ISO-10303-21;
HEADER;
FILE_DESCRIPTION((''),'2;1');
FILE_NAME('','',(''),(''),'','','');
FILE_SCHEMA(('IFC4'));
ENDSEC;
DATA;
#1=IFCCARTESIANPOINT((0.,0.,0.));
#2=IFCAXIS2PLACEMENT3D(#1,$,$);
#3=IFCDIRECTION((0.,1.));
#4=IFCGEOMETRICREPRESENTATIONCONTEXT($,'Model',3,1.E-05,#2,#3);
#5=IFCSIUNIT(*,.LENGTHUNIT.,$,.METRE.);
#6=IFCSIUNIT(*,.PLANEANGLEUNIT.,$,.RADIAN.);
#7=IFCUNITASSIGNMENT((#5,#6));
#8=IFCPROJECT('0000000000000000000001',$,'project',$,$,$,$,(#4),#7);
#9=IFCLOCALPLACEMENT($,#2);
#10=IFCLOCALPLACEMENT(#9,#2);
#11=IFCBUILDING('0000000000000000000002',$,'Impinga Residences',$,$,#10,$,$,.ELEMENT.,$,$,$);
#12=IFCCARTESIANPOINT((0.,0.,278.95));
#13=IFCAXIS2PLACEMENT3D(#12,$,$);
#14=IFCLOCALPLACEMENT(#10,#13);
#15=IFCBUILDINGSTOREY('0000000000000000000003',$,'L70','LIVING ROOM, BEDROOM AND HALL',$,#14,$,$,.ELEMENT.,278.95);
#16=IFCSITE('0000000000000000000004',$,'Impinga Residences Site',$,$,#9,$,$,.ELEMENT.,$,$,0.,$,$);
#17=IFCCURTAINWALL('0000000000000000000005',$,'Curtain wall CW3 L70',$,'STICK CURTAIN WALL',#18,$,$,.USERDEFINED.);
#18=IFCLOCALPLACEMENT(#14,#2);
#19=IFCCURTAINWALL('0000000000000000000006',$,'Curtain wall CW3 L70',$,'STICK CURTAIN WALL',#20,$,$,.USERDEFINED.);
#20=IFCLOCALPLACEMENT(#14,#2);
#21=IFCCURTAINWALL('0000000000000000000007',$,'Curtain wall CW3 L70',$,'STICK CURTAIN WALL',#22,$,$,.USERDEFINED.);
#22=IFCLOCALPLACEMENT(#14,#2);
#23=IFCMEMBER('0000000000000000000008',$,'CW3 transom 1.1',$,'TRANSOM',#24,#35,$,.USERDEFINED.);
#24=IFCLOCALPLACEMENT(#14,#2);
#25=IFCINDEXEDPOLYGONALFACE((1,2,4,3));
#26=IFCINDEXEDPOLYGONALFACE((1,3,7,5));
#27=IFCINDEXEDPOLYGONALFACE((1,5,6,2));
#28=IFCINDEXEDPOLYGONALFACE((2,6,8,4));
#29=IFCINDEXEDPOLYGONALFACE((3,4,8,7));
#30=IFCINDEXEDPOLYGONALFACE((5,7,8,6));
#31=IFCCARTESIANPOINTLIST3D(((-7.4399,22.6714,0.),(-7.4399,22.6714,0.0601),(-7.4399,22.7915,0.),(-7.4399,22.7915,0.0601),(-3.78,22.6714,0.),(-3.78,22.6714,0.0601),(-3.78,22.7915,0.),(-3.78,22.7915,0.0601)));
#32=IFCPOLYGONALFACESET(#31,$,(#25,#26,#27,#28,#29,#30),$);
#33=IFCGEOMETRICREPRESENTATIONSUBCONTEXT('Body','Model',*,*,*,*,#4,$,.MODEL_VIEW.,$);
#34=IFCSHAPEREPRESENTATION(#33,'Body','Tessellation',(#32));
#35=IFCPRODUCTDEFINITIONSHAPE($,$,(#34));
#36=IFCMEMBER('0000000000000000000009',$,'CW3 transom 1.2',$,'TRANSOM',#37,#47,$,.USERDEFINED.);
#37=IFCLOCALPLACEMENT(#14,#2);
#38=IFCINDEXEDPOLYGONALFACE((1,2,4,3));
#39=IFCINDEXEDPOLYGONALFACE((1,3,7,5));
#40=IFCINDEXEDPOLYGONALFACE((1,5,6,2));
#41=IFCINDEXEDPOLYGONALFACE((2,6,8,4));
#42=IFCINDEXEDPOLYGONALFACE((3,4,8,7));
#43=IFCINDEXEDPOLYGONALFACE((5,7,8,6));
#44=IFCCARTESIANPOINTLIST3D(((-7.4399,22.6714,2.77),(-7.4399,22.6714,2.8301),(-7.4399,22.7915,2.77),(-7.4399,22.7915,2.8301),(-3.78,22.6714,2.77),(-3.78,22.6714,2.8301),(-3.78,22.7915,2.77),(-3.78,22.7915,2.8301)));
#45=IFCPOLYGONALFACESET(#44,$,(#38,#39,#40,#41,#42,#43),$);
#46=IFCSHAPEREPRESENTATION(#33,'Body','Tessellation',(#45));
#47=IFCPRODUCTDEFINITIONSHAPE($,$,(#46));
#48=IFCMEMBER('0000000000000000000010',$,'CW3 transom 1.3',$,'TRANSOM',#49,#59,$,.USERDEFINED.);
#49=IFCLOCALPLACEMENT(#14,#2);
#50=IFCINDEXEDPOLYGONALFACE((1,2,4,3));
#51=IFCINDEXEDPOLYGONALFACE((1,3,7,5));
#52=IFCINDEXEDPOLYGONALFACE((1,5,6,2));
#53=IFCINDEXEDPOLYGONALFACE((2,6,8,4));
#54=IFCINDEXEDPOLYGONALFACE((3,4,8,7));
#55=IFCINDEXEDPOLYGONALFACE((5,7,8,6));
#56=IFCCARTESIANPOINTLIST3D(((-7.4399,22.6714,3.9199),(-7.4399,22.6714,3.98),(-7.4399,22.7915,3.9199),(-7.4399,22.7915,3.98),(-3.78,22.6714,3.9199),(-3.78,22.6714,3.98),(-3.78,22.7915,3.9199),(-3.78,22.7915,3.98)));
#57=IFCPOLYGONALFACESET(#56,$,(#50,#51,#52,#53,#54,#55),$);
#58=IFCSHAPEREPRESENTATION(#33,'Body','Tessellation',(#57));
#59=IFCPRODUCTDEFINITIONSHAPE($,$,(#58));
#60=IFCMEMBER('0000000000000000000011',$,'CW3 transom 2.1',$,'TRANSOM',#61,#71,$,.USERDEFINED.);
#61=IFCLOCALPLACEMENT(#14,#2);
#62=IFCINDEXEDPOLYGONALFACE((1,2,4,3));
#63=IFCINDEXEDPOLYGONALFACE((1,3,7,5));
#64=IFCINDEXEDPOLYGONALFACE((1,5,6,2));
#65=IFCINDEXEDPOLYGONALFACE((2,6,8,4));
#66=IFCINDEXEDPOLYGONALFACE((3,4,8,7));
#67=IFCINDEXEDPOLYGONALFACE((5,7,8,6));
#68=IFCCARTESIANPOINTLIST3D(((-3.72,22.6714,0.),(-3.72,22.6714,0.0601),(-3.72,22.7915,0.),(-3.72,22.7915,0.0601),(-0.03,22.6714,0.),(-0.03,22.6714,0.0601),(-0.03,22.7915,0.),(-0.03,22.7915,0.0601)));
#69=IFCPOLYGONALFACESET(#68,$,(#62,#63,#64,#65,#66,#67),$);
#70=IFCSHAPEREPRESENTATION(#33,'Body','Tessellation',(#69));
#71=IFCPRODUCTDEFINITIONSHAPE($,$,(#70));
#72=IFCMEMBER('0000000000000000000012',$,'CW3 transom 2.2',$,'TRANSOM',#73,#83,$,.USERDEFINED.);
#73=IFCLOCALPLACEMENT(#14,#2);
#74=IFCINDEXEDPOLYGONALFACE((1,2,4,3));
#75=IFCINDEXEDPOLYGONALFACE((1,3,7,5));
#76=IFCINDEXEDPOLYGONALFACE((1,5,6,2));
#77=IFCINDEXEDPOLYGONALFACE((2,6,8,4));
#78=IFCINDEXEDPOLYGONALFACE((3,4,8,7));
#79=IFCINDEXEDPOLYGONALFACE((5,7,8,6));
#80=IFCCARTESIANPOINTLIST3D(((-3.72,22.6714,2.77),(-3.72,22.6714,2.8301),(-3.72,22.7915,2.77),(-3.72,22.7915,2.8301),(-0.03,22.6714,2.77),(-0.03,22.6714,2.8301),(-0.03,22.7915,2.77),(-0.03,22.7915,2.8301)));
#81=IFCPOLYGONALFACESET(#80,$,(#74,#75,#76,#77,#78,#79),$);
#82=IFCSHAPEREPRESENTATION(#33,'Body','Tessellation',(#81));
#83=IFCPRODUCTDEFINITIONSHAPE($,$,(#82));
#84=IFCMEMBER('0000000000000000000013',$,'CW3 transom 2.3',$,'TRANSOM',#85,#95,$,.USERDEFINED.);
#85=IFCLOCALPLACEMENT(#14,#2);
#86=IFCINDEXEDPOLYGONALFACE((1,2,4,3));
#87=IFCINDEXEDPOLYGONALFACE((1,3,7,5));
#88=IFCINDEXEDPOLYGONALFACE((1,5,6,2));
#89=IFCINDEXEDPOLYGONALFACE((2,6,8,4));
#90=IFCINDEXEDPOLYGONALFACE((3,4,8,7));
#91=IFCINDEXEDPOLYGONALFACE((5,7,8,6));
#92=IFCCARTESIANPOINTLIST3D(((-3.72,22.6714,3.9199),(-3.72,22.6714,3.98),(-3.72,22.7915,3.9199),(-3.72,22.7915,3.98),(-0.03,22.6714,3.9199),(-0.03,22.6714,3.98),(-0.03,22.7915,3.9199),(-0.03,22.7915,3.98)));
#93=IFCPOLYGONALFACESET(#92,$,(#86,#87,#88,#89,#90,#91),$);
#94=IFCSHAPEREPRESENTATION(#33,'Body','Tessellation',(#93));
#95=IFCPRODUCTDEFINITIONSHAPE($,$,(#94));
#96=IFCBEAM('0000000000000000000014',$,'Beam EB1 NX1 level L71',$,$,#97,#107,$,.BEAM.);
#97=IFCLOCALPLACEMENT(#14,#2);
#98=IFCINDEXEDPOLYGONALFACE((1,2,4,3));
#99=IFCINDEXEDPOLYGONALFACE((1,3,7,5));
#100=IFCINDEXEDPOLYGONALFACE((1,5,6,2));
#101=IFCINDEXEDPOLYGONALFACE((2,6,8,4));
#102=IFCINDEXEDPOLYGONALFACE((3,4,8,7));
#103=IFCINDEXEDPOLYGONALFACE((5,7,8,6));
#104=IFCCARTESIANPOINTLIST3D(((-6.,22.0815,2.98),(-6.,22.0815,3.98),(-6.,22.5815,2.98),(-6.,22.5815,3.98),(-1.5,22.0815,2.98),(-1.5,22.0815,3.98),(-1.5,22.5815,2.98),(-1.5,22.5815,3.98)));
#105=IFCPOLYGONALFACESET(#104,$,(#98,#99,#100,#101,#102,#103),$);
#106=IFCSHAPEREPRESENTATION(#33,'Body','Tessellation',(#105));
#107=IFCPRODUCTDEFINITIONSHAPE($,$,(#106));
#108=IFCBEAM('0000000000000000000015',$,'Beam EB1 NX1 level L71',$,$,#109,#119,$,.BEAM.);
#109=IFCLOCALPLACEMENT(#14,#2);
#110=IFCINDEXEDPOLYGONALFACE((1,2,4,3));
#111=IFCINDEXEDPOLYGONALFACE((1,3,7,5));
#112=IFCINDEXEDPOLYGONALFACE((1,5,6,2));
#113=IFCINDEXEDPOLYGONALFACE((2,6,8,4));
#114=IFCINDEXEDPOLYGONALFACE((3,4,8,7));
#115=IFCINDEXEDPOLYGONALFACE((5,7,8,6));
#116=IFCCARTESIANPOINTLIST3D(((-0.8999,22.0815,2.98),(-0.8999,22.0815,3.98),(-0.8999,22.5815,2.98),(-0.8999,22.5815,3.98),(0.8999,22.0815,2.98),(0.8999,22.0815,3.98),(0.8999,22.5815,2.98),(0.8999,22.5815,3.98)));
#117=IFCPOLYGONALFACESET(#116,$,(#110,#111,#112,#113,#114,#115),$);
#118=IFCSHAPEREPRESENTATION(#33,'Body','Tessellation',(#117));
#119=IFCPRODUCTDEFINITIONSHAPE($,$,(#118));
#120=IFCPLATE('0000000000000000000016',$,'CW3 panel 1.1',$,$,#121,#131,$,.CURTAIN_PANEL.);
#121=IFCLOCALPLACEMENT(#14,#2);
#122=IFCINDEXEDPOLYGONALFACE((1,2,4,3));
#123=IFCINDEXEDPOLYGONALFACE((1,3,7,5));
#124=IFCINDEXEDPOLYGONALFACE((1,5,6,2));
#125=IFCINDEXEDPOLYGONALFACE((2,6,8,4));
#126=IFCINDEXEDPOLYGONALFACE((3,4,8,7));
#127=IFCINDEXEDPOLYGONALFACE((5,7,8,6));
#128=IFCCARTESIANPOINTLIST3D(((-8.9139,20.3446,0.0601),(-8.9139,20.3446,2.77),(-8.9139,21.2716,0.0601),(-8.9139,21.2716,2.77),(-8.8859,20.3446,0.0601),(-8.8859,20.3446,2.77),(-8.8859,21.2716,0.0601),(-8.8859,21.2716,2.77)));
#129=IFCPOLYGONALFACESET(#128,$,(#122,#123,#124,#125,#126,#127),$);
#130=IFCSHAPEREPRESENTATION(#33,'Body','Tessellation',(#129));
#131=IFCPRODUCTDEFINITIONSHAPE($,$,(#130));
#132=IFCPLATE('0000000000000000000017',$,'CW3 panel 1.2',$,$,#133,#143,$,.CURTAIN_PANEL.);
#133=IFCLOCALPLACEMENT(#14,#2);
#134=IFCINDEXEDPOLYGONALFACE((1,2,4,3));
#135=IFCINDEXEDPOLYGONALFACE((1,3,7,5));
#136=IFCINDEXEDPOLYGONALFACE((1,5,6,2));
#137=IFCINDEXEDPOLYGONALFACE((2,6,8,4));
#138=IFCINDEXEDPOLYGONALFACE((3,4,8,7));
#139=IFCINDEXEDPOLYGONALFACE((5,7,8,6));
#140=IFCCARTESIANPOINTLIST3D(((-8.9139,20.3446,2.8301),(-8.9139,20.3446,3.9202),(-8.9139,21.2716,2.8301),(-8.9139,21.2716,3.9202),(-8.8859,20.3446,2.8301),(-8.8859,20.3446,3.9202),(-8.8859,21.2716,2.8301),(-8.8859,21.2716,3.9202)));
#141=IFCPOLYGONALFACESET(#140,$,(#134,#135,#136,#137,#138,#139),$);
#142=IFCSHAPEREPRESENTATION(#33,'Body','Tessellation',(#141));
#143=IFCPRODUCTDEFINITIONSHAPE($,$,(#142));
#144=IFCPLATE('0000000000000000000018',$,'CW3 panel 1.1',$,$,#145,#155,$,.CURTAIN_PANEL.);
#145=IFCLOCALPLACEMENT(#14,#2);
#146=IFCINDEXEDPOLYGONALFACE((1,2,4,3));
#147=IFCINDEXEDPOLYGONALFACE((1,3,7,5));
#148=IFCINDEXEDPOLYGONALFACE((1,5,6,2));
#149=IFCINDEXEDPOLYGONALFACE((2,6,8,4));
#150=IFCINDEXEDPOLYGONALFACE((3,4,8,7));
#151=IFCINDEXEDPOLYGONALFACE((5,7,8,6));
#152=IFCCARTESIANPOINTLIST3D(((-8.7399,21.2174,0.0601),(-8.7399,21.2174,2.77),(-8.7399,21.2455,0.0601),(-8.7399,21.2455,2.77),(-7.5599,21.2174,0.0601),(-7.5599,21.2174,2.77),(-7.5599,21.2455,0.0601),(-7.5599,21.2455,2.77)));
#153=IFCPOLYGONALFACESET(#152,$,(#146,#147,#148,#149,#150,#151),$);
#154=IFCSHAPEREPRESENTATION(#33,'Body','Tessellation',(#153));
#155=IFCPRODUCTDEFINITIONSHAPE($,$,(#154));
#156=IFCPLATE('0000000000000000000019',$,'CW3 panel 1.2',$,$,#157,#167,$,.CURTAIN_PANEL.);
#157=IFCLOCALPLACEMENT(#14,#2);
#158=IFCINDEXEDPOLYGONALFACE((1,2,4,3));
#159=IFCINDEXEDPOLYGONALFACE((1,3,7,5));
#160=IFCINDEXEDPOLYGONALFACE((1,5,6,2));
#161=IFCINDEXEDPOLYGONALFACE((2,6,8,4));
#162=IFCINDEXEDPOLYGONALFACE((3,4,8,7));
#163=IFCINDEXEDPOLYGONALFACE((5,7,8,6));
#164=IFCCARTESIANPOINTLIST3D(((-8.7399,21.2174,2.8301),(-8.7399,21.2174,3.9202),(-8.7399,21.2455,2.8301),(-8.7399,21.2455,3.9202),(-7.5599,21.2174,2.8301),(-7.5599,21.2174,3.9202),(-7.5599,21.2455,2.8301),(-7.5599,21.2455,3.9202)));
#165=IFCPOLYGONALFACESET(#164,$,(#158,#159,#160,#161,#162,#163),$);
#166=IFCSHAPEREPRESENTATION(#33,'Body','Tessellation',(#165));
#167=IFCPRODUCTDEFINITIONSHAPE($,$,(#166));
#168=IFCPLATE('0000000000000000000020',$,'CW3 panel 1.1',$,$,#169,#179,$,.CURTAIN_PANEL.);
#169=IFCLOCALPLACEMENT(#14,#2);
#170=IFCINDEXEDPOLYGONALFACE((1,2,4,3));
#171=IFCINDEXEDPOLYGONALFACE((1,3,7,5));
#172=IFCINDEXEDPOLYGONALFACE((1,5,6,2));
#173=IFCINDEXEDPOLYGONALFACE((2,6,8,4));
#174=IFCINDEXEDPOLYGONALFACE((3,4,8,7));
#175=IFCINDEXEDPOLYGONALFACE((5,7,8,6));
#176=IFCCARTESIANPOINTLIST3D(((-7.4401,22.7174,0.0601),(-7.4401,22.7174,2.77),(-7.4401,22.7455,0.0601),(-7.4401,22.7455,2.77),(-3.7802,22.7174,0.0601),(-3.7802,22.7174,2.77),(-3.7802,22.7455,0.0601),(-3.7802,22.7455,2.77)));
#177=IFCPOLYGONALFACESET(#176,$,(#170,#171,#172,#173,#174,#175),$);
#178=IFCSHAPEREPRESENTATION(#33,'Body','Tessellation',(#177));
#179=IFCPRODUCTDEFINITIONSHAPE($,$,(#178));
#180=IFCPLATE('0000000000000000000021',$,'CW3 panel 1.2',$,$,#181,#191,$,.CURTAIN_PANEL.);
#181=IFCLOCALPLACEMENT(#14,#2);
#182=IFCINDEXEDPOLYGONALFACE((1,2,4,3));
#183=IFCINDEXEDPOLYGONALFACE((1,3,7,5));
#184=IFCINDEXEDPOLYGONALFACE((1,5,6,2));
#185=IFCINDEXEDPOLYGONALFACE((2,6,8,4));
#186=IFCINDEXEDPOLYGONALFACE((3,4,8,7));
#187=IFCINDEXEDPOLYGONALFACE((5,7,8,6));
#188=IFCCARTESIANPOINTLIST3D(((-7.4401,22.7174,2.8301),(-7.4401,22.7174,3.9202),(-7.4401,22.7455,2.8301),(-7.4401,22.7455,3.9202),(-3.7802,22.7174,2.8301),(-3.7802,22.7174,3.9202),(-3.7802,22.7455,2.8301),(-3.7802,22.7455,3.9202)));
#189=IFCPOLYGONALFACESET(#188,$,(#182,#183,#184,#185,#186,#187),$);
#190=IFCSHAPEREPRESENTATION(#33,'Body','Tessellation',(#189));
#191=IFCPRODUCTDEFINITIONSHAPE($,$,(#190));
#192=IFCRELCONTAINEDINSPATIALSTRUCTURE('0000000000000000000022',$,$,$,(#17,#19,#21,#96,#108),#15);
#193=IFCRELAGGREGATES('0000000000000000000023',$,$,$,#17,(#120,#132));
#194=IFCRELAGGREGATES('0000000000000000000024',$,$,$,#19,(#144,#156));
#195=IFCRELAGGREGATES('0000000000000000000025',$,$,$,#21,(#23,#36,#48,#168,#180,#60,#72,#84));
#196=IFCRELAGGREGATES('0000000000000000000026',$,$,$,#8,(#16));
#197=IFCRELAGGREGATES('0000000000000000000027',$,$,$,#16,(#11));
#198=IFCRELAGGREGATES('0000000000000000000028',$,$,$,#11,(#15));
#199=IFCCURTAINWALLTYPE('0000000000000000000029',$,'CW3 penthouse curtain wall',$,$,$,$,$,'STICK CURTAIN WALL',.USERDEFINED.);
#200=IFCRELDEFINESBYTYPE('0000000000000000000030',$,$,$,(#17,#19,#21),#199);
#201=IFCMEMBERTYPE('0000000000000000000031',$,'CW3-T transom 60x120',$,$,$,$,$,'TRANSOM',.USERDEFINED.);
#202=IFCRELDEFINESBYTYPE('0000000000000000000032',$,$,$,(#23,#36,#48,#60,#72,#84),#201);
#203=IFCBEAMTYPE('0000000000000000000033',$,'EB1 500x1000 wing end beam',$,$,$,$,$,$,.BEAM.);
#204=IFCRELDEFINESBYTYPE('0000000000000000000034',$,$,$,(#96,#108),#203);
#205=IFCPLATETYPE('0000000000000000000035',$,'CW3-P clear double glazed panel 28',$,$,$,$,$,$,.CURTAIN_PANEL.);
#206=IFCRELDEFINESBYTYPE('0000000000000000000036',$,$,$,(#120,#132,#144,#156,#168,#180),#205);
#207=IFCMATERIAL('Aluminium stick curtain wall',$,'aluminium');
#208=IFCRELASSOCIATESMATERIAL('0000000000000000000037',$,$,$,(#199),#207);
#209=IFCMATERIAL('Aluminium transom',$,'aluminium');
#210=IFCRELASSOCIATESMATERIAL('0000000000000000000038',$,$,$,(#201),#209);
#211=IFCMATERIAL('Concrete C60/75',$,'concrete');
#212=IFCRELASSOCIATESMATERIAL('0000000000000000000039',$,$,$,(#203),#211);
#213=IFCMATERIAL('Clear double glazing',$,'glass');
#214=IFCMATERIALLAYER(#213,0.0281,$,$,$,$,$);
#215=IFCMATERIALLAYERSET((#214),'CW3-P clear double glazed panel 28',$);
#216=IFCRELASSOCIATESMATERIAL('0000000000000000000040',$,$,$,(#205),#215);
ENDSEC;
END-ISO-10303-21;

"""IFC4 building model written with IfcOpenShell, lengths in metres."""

from ifc_helpers import new_model, si_unit, direction, frame, origin, origin_2d, place, context, subcontext, project, spatial, rectangle, extrude, material, layer, layer_set, material_profile, profile_set, type_object, element, aggregate, save


model = new_model("IFC4")

# Units and contexts
model_context = context("Model", 3, precision=1e-05, world=origin(), true_north=direction((0.0, 1.0)))
body_context = subcontext(model_context, "Body", "Model", "MODEL_VIEW")
ifc_project = project(units=[si_unit("LENGTHUNIT", "METRE"), si_unit("PLANEANGLEUNIT", "RADIAN")], contexts=[model_context])

# Site, building, storey
site_placement = place(None, origin())
site = spatial("IfcSite", under=ifc_project, at=site_placement, Name="Impinga Residences Site", CompositionType="ELEMENT", RefElevation=0.0)
building_placement = place(site_placement, origin())
building = spatial("IfcBuilding", under=site, at=building_placement, Name="Impinga Residences", CompositionType="ELEMENT")
storey_placement = place(building_placement, frame((0.0, 0.0, 278.95)))
storey = spatial("IfcBuildingStorey", under=building, at=storey_placement, Name="L70", Description="LIVING ROOM, BEDROOM AND HALL", CompositionType="ELEMENT", Elevation=278.95)

# Shared definitions
ifc_material_1 = material(Name="Concrete C60/75", Category="concrete")

# Curtain walls
ifc_material_2 = material(Name="Aluminium stick curtain wall", Category="aluminium")
curtain_wall_type = type_object("IfcCurtainWallType", Name="CW3 penthouse curtain wall", ElementType="STICK CURTAIN WALL", PredefinedType="USERDEFINED", material=ifc_material_2)
curtain_wall_1_placement = place(storey_placement, origin())
curtain_wall_1 = element("IfcCurtainWall", 1, at=curtain_wall_1_placement, inside=storey, type_object=curtain_wall_type, Name="Curtain wall CW3 L70", ObjectType="STICK CURTAIN WALL", PredefinedType="USERDEFINED")
curtain_wall_2_placement = place(storey_placement, origin())
curtain_wall_2 = element("IfcCurtainWall", 2, at=curtain_wall_2_placement, inside=storey, type_object=curtain_wall_type, Name="Curtain wall CW3 L70", ObjectType="STICK CURTAIN WALL", PredefinedType="USERDEFINED")
curtain_wall_3_placement = place(storey_placement, origin())
curtain_wall_3 = element("IfcCurtainWall", 3, at=curtain_wall_3_placement, inside=storey, type_object=curtain_wall_type, Name="Curtain wall CW3 L70", ObjectType="STICK CURTAIN WALL", PredefinedType="USERDEFINED")

# Members
ifc_material_3 = material(Name="Aluminium transom", Category="aluminium")
ifc_material_profile_1 = material_profile(ifc_material_3, rectangle(XDim=0.0601, YDim=0.1201, at=origin_2d()), Name="60x120 transom")
ifc_profile_set_1 = profile_set([ifc_material_profile_1], Name="Aluminium transom")
member_type_1 = type_object("IfcMemberType", Name="CW3-T transom 60x120", ElementType="TRANSOM", PredefinedType="USERDEFINED", material=ifc_profile_set_1)
member_1_placement = place(storey_placement, frame((-7.4399, 22.7314, 0.03), z_axis=(1.0, 0.0, 0.0), x_axis=(0.0, 0.0, 1.0)))
member_1 = element("IfcMember", 4, at=member_1_placement, type_object=member_type_1, Name="CW3 transom 1.1", ObjectType="TRANSOM", PredefinedType="USERDEFINED", context=body_context, shape_type="SweptSolid", body=[
    extrude(rectangle(XDim=0.0601, YDim=0.1201, at=origin_2d()), origin(), (0.0, 0.0, 1.0), 3.6599),
])
member_2_placement = place(storey_placement, frame((-7.4399, 22.7314, 2.8), z_axis=(1.0, 0.0, 0.0), x_axis=(0.0, 0.0, 1.0)))
member_2 = element("IfcMember", 5, at=member_2_placement, type_object=member_type_1, Name="CW3 transom 1.2", ObjectType="TRANSOM", PredefinedType="USERDEFINED", context=body_context, shape_type="SweptSolid", body=[
    extrude(rectangle(XDim=0.0601, YDim=0.1201, at=origin_2d()), origin(), (0.0, 0.0, 1.0), 3.6599),
])
member_3_placement = place(storey_placement, frame((-7.4399, 22.7314, 3.95), z_axis=(1.0, 0.0, 0.0), x_axis=(0.0, 0.0, 1.0)))
member_3 = element("IfcMember", 6, at=member_3_placement, type_object=member_type_1, Name="CW3 transom 1.3", ObjectType="TRANSOM", PredefinedType="USERDEFINED", context=body_context, shape_type="SweptSolid", body=[
    extrude(rectangle(XDim=0.0601, YDim=0.1201, at=origin_2d()), origin(), (0.0, 0.0, 1.0), 3.6599),
])
member_4_placement = place(storey_placement, frame((-3.72, 22.7314, 0.03), z_axis=(1.0, 0.0, 0.0), x_axis=(0.0, 0.0, 1.0)))
member_4 = element("IfcMember", 7, at=member_4_placement, type_object=member_type_1, Name="CW3 transom 2.1", ObjectType="TRANSOM", PredefinedType="USERDEFINED", context=body_context, shape_type="SweptSolid", body=[
    extrude(rectangle(XDim=0.0601, YDim=0.1201, at=origin_2d()), origin(), (0.0, 0.0, 1.0), 3.6899),
])
member_5_placement = place(storey_placement, frame((-3.72, 22.7314, 2.8), z_axis=(1.0, 0.0, 0.0), x_axis=(0.0, 0.0, 1.0)))
member_5 = element("IfcMember", 8, at=member_5_placement, type_object=member_type_1, Name="CW3 transom 2.2", ObjectType="TRANSOM", PredefinedType="USERDEFINED", context=body_context, shape_type="SweptSolid", body=[
    extrude(rectangle(XDim=0.0601, YDim=0.1201, at=origin_2d()), origin(), (0.0, 0.0, 1.0), 3.6899),
])
member_6_placement = place(storey_placement, frame((-3.72, 22.7314, 3.95), z_axis=(1.0, 0.0, 0.0), x_axis=(0.0, 0.0, 1.0)))
member_6 = element("IfcMember", 9, at=member_6_placement, type_object=member_type_1, Name="CW3 transom 2.3", ObjectType="TRANSOM", PredefinedType="USERDEFINED", context=body_context, shape_type="SweptSolid", body=[
    extrude(rectangle(XDim=0.0601, YDim=0.1201, at=origin_2d()), origin(), (0.0, 0.0, 1.0), 3.6899),
])

# Beams
ifc_material_profile_2 = material_profile(ifc_material_1, rectangle(XDim=0.5, YDim=1.0, at=origin_2d()), Name="RC 500x1000")
ifc_profile_set_2 = profile_set([ifc_material_profile_2], Name="Concrete C60/75")
beam_type_1 = type_object("IfcBeamType", Name="EB1 500x1000 wing end beam", PredefinedType="BEAM", material=ifc_profile_set_2)
beam_1_placement = place(storey_placement, frame((-6.0, 22.3315, 3.48), z_axis=(1.0, 0.0, 0.0), x_axis=(0.0, 1.0, 0.0)))
element("IfcBeam", 10, at=beam_1_placement, inside=storey, type_object=beam_type_1, Name="Beam EB1 NX1 level L71", PredefinedType="BEAM", context=body_context, shape_type="SweptSolid", body=[
    extrude(rectangle(XDim=0.5, YDim=1.0, at=origin_2d()), origin(), (0.0, 0.0, 1.0), 4.5),
])
beam_2_placement = place(storey_placement, frame((-0.8999, 22.3315, 3.48), z_axis=(1.0, 0.0, 0.0), x_axis=(0.0, 1.0, 0.0)))
element("IfcBeam", 11, at=beam_2_placement, inside=storey, type_object=beam_type_1, Name="Beam EB1 NX1 level L71", PredefinedType="BEAM", context=body_context, shape_type="SweptSolid", body=[
    extrude(rectangle(XDim=0.5, YDim=1.0, at=origin_2d()), origin(), (0.0, 0.0, 1.0), 1.7998),
])

# Plates
ifc_material_4 = material(Name="Clear double glazing", Category="glass")
ifc_layer_1 = layer(ifc_material_4, 0.0281)
ifc_layer_set_1 = layer_set([ifc_layer_1], Name="CW3-P clear double glazed panel 28")
plate_type = type_object("IfcPlateType", Name="CW3-P clear double glazed panel 28", PredefinedType="CURTAIN_PANEL", material=ifc_layer_set_1)
plate_1_placement = place(storey_placement, frame((-8.8999, 20.8081, 0.0601), z_axis=(0.0, 0.0, 1.0), x_axis=(0.0, 1.0, 0.0)))
plate_1 = element("IfcPlate", 12, at=plate_1_placement, type_object=plate_type, Name="CW3 panel 1.1", PredefinedType="CURTAIN_PANEL", context=body_context, shape_type="SweptSolid", body=[
    extrude(rectangle(XDim=0.927, YDim=0.0281, at=origin_2d()), origin(), (0.0, 0.0, 1.0), 2.71),
])
plate_2_placement = place(storey_placement, frame((-8.8999, 20.8081, 2.8301), z_axis=(0.0, 0.0, 1.0), x_axis=(0.0, 1.0, 0.0)))
plate_2 = element("IfcPlate", 13, at=plate_2_placement, type_object=plate_type, Name="CW3 panel 1.2", PredefinedType="CURTAIN_PANEL", context=body_context, shape_type="SweptSolid", body=[
    extrude(rectangle(XDim=0.927, YDim=0.0281, at=origin_2d()), origin(), (0.0, 0.0, 1.0), 1.0901),
])
aggregate(curtain_wall_1, [plate_1, plate_2])
plate_3_placement = place(storey_placement, frame((-8.1499, 21.2314, 0.0601), z_axis=(0.0, 0.0, 1.0), x_axis=(1.0, 0.0, 0.0)))
plate_3 = element("IfcPlate", 14, at=plate_3_placement, type_object=plate_type, Name="CW3 panel 1.1", PredefinedType="CURTAIN_PANEL", context=body_context, shape_type="SweptSolid", body=[
    extrude(rectangle(XDim=1.1799, YDim=0.0281, at=origin_2d()), origin(), (0.0, 0.0, 1.0), 2.71),
])
plate_4_placement = place(storey_placement, frame((-8.1499, 21.2314, 2.8301), z_axis=(0.0, 0.0, 1.0), x_axis=(1.0, 0.0, 0.0)))
plate_4 = element("IfcPlate", 15, at=plate_4_placement, type_object=plate_type, Name="CW3 panel 1.2", PredefinedType="CURTAIN_PANEL", context=body_context, shape_type="SweptSolid", body=[
    extrude(rectangle(XDim=1.1799, YDim=0.0281, at=origin_2d()), origin(), (0.0, 0.0, 1.0), 1.0901),
])
aggregate(curtain_wall_2, [plate_3, plate_4])
plate_5_placement = place(storey_placement, frame((-5.6101, 22.7314, 0.0601), z_axis=(0.0, 0.0, 1.0), x_axis=(1.0, 0.0, 0.0)))
plate_5 = element("IfcPlate", 16, at=plate_5_placement, type_object=plate_type, Name="CW3 panel 1.1", PredefinedType="CURTAIN_PANEL", context=body_context, shape_type="SweptSolid", body=[
    extrude(rectangle(XDim=3.6599, YDim=0.0281, at=origin_2d()), origin(), (0.0, 0.0, 1.0), 2.71),
])
plate_6_placement = place(storey_placement, frame((-5.6101, 22.7314, 2.8301), z_axis=(0.0, 0.0, 1.0), x_axis=(1.0, 0.0, 0.0)))
plate_6 = element("IfcPlate", 17, at=plate_6_placement, type_object=plate_type, Name="CW3 panel 1.2", PredefinedType="CURTAIN_PANEL", context=body_context, shape_type="SweptSolid", body=[
    extrude(rectangle(XDim=3.6599, YDim=0.0281, at=origin_2d()), origin(), (0.0, 0.0, 1.0), 1.0901),
])
aggregate(curtain_wall_3, [member_1, member_2, member_3, plate_5, plate_6, member_4, member_5, member_6])

save(model, "model.ifc")
